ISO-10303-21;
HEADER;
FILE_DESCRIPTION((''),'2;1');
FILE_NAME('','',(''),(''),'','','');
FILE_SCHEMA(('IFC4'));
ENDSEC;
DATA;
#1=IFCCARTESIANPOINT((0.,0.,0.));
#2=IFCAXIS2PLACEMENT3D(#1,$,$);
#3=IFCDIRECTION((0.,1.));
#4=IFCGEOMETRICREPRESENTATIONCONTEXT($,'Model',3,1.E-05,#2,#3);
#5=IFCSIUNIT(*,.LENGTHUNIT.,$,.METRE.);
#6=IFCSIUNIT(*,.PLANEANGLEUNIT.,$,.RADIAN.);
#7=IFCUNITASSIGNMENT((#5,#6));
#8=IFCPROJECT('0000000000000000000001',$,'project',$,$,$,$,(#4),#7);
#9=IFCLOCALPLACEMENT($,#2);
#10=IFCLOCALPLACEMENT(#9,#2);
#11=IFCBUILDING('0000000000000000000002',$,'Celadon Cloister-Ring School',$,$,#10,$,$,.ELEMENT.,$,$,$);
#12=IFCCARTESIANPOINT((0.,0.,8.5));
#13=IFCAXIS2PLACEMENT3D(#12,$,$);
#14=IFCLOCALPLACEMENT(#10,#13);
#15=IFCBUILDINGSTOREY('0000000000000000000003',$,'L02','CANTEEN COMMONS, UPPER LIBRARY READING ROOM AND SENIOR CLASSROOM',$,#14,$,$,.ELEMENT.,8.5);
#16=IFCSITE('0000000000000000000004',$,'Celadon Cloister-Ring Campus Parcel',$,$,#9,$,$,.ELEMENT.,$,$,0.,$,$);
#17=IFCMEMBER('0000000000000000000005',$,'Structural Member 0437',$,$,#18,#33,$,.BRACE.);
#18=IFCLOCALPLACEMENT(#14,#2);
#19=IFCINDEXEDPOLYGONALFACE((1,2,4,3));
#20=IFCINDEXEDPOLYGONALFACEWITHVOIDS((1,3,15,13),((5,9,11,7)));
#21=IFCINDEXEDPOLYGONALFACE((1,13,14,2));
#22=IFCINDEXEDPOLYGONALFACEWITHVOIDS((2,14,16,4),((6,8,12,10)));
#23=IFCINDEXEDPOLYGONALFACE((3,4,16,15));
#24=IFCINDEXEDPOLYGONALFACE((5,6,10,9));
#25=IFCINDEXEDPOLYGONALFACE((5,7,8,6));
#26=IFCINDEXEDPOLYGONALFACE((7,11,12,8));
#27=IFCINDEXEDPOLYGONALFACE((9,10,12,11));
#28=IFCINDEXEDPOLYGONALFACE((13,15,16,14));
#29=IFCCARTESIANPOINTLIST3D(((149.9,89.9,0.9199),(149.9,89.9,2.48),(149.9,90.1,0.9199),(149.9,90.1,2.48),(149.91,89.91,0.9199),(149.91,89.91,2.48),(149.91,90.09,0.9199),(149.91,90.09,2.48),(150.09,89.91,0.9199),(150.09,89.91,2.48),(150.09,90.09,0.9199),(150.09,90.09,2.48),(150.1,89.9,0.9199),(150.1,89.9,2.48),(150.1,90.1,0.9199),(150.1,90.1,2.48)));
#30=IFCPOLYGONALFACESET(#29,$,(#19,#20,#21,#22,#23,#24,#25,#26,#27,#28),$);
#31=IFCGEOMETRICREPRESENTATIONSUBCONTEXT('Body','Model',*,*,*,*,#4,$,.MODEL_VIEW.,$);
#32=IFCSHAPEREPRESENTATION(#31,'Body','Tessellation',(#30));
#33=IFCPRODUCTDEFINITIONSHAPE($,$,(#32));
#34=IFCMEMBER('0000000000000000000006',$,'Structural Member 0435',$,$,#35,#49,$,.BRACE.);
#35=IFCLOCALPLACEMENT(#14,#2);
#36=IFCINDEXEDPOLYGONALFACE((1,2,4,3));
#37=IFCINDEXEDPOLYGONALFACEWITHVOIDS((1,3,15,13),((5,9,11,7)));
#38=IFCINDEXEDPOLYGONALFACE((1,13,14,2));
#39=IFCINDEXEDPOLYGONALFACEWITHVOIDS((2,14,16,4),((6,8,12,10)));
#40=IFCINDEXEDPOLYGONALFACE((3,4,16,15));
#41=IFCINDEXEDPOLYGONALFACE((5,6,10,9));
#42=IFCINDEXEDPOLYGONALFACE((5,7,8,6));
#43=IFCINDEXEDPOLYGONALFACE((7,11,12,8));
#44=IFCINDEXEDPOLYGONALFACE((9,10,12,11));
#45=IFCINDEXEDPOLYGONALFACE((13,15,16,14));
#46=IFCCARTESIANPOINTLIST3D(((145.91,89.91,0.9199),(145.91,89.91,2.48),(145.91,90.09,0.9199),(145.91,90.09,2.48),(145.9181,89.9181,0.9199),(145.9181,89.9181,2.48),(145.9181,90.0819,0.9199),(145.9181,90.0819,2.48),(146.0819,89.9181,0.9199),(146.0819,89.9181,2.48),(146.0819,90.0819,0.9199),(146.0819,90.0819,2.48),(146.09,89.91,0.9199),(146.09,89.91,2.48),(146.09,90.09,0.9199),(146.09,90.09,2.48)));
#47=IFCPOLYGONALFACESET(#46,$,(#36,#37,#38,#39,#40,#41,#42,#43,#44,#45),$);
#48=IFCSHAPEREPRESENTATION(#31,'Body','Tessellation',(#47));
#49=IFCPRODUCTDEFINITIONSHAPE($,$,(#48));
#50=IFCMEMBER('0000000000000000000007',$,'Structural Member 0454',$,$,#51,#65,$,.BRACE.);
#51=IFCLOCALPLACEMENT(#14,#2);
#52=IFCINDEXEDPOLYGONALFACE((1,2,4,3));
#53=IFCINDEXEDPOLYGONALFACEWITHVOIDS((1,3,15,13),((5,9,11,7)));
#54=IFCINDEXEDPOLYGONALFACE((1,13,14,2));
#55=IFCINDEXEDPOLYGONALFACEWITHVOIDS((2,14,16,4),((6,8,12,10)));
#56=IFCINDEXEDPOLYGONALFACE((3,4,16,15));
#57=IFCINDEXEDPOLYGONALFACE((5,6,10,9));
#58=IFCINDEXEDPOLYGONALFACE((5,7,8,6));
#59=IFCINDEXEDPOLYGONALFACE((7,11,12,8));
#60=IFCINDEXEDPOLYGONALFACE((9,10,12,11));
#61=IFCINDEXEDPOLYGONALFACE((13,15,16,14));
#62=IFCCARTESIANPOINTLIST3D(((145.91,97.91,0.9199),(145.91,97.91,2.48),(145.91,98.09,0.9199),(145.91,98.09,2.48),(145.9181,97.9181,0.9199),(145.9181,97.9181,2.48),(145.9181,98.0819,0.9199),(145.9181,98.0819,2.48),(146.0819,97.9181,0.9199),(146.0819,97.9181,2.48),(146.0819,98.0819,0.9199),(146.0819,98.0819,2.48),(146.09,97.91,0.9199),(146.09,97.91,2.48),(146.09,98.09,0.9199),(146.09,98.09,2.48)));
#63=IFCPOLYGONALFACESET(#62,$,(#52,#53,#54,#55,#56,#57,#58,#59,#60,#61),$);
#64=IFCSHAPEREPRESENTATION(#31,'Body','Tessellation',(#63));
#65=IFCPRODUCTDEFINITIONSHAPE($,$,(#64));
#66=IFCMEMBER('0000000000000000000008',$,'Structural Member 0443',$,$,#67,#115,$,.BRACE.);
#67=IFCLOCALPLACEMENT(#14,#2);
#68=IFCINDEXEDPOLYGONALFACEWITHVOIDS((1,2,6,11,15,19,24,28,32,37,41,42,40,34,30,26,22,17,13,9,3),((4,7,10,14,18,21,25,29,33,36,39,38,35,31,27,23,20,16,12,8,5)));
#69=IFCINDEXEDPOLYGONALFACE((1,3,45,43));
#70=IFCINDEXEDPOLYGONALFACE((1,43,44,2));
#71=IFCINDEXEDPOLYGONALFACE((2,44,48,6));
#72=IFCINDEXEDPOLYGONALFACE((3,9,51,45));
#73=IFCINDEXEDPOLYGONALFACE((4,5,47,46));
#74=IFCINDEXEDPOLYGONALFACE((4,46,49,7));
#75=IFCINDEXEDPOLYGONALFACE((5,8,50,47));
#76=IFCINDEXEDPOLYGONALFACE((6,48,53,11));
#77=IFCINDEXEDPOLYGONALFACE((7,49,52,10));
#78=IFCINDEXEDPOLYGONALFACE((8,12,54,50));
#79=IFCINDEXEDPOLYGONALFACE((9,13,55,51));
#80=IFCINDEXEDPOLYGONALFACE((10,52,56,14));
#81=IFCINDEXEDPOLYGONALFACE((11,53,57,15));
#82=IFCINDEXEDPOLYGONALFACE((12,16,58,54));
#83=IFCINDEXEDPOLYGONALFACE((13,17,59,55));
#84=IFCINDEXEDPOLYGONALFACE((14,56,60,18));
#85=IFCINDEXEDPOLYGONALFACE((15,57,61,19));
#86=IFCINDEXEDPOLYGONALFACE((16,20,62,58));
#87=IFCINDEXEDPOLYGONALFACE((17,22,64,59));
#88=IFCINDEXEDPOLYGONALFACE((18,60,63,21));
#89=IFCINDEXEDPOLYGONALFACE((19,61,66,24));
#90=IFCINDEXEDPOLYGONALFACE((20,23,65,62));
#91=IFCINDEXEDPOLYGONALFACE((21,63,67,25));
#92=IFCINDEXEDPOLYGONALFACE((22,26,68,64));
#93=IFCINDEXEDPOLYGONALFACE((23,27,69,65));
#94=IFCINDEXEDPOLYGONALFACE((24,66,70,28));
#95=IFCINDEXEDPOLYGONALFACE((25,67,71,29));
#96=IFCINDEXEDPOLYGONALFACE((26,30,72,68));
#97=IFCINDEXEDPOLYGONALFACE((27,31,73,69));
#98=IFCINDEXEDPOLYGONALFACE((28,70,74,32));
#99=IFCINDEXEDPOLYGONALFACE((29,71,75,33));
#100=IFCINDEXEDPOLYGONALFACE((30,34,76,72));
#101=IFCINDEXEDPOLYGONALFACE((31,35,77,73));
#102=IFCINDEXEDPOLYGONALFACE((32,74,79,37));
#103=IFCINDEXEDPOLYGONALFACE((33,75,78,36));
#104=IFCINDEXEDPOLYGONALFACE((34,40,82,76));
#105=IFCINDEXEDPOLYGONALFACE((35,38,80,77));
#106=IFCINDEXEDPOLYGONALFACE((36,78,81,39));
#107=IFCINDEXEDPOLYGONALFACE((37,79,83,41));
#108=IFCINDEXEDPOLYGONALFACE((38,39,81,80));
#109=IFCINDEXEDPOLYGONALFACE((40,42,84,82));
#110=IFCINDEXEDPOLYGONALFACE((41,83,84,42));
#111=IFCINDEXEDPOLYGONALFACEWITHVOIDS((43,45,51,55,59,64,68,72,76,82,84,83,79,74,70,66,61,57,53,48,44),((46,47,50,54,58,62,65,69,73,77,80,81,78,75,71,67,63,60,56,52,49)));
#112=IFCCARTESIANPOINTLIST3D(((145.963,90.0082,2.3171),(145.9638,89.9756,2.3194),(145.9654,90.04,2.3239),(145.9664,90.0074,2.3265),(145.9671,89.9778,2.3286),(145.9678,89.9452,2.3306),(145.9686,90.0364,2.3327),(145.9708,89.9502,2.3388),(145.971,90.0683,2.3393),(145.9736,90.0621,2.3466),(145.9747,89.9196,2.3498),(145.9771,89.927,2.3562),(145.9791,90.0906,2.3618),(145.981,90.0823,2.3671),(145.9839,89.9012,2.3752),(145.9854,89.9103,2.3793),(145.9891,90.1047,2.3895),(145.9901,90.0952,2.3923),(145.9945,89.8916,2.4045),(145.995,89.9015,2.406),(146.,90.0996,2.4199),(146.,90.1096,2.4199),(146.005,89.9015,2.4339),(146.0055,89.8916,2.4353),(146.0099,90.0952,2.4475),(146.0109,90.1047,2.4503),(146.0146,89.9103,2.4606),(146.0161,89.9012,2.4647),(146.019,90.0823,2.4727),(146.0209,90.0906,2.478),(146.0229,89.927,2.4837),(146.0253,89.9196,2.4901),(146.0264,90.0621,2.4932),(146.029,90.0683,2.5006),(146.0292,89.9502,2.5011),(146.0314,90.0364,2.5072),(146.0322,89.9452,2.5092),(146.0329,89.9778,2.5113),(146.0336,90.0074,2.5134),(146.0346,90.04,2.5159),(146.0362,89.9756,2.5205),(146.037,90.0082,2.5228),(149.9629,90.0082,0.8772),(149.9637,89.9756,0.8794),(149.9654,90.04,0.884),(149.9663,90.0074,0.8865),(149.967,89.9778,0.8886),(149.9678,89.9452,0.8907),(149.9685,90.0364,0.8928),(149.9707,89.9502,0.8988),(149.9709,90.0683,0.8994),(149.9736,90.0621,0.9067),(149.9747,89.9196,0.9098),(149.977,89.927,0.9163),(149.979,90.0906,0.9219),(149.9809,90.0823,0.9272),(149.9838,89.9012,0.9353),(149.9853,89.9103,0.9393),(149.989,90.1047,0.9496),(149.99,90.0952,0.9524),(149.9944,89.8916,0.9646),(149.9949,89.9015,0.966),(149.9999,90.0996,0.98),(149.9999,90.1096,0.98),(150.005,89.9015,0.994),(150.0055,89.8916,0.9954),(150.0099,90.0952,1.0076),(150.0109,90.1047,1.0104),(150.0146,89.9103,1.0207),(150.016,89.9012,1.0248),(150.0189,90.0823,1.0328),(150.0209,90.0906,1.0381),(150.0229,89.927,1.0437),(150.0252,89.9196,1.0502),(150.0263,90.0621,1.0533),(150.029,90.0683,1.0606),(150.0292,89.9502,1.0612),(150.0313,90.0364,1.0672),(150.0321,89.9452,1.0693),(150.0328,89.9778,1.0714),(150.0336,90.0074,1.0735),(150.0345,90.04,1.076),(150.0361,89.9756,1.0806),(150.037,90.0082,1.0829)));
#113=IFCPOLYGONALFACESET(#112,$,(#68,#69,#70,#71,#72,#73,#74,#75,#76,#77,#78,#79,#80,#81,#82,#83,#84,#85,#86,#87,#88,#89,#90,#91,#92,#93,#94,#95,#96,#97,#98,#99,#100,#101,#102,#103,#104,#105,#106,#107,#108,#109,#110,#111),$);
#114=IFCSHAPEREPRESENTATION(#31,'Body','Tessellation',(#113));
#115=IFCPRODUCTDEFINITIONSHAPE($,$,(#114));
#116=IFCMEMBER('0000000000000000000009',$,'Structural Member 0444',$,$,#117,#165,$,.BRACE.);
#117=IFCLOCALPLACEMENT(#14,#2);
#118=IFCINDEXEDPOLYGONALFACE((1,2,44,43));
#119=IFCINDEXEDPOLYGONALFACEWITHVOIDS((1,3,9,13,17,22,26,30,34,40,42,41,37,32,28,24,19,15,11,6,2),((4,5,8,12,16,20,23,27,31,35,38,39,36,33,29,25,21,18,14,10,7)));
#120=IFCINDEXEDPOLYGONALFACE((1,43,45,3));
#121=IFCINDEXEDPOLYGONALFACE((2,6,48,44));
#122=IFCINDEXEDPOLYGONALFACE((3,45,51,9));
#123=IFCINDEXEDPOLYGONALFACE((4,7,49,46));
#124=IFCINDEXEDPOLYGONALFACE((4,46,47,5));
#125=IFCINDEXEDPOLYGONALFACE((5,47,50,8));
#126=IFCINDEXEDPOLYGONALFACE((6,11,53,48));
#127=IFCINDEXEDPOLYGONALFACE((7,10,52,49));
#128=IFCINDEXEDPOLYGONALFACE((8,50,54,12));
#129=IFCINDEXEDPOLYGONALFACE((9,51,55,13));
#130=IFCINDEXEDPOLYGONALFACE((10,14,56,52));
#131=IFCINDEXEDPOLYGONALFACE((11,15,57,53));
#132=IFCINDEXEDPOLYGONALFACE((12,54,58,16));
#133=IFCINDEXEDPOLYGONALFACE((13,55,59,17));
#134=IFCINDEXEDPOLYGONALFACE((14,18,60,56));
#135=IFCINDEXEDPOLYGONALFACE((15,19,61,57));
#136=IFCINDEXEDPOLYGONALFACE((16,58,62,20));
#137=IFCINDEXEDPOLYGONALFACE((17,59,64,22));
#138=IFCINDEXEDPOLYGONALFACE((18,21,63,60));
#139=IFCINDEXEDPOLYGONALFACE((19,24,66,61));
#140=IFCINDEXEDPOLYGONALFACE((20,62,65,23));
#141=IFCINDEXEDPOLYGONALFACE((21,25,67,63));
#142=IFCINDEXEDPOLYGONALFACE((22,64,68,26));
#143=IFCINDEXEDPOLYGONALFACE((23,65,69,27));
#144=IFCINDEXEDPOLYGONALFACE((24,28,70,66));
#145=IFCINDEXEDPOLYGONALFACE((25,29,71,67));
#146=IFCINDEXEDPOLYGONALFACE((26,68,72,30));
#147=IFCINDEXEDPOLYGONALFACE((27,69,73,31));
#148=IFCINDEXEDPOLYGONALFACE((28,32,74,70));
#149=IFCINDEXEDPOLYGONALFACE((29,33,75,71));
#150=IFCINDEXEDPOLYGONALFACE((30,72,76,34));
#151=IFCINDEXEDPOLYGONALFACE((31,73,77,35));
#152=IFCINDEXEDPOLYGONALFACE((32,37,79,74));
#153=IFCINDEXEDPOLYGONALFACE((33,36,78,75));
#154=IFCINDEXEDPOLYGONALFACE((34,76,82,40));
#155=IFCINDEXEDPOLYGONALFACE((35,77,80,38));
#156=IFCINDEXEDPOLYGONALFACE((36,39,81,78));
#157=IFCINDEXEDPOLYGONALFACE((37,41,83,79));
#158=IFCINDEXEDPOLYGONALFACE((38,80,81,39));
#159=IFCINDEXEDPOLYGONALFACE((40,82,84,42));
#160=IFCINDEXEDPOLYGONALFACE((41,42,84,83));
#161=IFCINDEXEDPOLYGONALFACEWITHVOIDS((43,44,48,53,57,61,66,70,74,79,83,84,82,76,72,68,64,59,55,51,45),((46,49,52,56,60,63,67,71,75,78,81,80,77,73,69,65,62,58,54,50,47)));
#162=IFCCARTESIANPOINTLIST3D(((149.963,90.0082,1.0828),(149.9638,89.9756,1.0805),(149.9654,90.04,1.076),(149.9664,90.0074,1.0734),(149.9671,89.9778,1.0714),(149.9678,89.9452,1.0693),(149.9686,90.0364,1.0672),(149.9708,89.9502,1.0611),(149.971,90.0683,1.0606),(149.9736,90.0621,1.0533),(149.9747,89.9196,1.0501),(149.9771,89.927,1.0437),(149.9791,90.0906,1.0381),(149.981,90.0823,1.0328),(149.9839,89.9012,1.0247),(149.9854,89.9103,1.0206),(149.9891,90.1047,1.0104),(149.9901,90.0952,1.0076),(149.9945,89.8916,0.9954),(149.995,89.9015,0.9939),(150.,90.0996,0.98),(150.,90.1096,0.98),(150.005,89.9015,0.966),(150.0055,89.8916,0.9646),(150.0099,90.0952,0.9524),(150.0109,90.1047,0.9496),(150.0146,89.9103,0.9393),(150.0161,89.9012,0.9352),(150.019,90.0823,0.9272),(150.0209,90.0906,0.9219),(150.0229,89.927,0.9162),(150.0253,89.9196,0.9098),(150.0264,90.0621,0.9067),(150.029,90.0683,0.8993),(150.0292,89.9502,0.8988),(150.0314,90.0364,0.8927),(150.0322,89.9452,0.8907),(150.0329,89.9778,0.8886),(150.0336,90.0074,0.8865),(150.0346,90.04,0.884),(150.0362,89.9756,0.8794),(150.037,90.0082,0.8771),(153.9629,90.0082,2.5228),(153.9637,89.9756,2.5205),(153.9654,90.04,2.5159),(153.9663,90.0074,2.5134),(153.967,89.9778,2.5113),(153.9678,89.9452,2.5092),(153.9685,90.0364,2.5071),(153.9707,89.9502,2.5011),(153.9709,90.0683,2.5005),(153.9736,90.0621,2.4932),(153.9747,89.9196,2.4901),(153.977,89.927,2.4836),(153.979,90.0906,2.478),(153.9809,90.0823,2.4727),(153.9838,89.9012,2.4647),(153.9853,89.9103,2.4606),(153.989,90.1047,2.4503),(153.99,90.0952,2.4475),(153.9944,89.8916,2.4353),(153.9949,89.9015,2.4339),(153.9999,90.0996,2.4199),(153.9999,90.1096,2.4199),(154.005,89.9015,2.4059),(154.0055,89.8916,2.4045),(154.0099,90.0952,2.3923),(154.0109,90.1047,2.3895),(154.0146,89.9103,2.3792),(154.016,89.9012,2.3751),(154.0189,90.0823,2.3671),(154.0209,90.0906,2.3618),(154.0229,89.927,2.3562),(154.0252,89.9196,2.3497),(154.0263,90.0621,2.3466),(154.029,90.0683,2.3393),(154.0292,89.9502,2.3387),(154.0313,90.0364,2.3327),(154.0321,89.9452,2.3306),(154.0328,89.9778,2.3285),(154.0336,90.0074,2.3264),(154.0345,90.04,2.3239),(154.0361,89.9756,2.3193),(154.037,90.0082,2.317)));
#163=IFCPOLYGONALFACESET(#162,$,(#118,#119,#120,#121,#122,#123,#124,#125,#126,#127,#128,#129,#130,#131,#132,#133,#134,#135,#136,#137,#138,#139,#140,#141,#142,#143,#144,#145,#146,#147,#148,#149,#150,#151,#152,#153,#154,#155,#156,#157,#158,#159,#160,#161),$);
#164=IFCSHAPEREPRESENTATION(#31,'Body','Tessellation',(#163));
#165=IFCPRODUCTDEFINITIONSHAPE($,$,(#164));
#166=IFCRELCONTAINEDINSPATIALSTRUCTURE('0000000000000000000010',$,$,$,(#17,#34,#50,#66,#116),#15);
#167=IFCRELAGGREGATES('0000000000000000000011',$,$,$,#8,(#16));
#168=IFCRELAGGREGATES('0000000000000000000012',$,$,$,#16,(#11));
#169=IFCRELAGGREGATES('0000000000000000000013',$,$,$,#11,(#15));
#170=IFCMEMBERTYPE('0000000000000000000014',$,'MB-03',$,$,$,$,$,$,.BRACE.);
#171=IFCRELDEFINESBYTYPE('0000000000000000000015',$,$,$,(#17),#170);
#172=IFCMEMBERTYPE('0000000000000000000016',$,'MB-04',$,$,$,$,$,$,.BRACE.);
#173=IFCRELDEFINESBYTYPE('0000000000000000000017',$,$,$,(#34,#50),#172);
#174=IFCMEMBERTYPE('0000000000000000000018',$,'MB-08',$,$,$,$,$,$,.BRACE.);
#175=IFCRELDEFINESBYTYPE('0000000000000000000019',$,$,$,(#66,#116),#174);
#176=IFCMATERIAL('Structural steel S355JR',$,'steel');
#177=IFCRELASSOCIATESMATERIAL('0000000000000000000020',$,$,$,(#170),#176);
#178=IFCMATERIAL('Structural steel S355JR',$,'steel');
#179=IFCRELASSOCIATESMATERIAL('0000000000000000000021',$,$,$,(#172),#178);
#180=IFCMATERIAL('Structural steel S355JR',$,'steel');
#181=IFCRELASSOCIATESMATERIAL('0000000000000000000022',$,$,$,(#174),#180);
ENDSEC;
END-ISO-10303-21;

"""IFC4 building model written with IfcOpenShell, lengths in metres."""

from ifc_helpers import new_model, si_unit, direction, frame, origin, origin_2d, place, context, subcontext, project, spatial, hollow_rectangle, hollow_circle, extrude, material, material_profile, profile_set, type_object, element, save


model = new_model("IFC4")

# Units and contexts
model_context = context("Model", 3, precision=1e-05, world=origin(), true_north=direction((0.0, 1.0)))
body_context = subcontext(model_context, "Body", "Model", "MODEL_VIEW")
ifc_project = project(units=[si_unit("LENGTHUNIT", "METRE"), si_unit("PLANEANGLEUNIT", "RADIAN")], contexts=[model_context])

# Site, building, storey
site_placement = place(None, origin())
site = spatial("IfcSite", under=ifc_project, at=site_placement, Name="Celadon Cloister-Ring Campus Parcel", CompositionType="ELEMENT", RefElevation=0.0)
building_placement = place(site_placement, origin())
building = spatial("IfcBuilding", under=site, at=building_placement, Name="Celadon Cloister-Ring School", CompositionType="ELEMENT")
storey_placement = place(building_placement, frame((0.0, 0.0, 8.5)))
storey = spatial("IfcBuildingStorey", under=building, at=storey_placement, Name="L02", Description="CANTEEN COMMONS, UPPER LIBRARY READING ROOM AND SENIOR CLASSROOM", CompositionType="ELEMENT", Elevation=8.5)

# Members
ifc_material_1 = material(Name="Structural steel S355JR", Category="steel")
ifc_material_profile_1 = material_profile(ifc_material_1, hollow_rectangle(XDim=0.2, YDim=0.2, WallThickness=0.01, at=origin_2d()), Name="HSS200X200X10")
ifc_profile_set_1 = profile_set([ifc_material_profile_1], Name="Structural steel S355JR")
member_type_1 = type_object("IfcMemberType", Name="MB-03", PredefinedType="BRACE", material=ifc_profile_set_1)
member_1_placement = place(storey_placement, frame((150.0, 90.0, 0.9199), z_axis=(0.0, 0.0, 1.0), x_axis=(1.0, 0.0, 0.0)))
element("IfcMember", 1, at=member_1_placement, inside=storey, type_object=member_type_1, Name="Structural Member 0437", PredefinedType="BRACE", context=body_context, shape_type="SweptSolid", body=[
    extrude(hollow_rectangle(XDim=0.2, YDim=0.2, WallThickness=0.01, at=origin_2d()), origin(), (0.0, 0.0, 1.0), 1.5601),
])
ifc_material_2 = material(Name="Structural steel S355JR", Category="steel")
ifc_material_profile_2 = material_profile(ifc_material_2, hollow_rectangle(XDim=0.1799, YDim=0.1799, WallThickness=0.0081, at=origin_2d()), Name="HSS180X180X8")
ifc_profile_set_2 = profile_set([ifc_material_profile_2], Name="Structural steel S355JR")
member_type_2 = type_object("IfcMemberType", Name="MB-04", PredefinedType="BRACE", material=ifc_profile_set_2)
for number, where, z_axis, x_axis, name in (
    (2, (146.0, 90.0, 0.9199), (0.0, 0.0, 1.0), (1.0, 0.0, 0.0), "Structural Member 0435"),
    (3, (146.0, 98.0, 0.9199), (0.0, 0.0, 1.0), (1.0, 0.0, 0.0), "Structural Member 0454"),
):
    element("IfcMember", number, at=place(storey_placement, frame(where, z_axis=z_axis, x_axis=x_axis)), inside=storey, type_object=member_type_2, Name=name, PredefinedType="BRACE", context=body_context, shape_type="SweptSolid", body=[
        extrude(hollow_rectangle(XDim=0.1799, YDim=0.1799, WallThickness=0.0081, at=origin_2d()), origin(), (0.0, 0.0, 1.0), 1.5601),
    ])
ifc_material_3 = material(Name="Structural steel S355JR", Category="steel")
ifc_material_profile_3 = material_profile(ifc_material_3, hollow_circle(Radius=0.1096, WallThickness=0.01, at=origin_2d()), Name="CHS219.1X10")
ifc_profile_set_3 = profile_set([ifc_material_profile_3], Name="Structural steel S355JR")
member_type_3 = type_object("IfcMemberType", Name="MB-08", PredefinedType="BRACE", material=ifc_profile_set_3)
for number, where, z_axis, x_axis, name in (
    (4, (146.0, 90.0, 2.4199), (0.940892, 0.0, -0.338707), (0.0, 1.0, 0.0), "Structural Member 0443"),
    (5, (150.0, 90.0, 0.98), (0.940892, 0.0, 0.338707), (0.0, 1.0, 0.0), "Structural Member 0444"),
):
    element("IfcMember", number, at=place(storey_placement, frame(where, z_axis=z_axis, x_axis=x_axis)), inside=storey, type_object=member_type_3, Name=name, PredefinedType="BRACE", context=body_context, shape_type="SweptSolid", body=[
        extrude(hollow_circle(Radius=0.1096, WallThickness=0.01, at=origin_2d()), origin(), (0.0, 0.0, 1.0), 4.2512),
    ])

save(model, "model.ifc")
